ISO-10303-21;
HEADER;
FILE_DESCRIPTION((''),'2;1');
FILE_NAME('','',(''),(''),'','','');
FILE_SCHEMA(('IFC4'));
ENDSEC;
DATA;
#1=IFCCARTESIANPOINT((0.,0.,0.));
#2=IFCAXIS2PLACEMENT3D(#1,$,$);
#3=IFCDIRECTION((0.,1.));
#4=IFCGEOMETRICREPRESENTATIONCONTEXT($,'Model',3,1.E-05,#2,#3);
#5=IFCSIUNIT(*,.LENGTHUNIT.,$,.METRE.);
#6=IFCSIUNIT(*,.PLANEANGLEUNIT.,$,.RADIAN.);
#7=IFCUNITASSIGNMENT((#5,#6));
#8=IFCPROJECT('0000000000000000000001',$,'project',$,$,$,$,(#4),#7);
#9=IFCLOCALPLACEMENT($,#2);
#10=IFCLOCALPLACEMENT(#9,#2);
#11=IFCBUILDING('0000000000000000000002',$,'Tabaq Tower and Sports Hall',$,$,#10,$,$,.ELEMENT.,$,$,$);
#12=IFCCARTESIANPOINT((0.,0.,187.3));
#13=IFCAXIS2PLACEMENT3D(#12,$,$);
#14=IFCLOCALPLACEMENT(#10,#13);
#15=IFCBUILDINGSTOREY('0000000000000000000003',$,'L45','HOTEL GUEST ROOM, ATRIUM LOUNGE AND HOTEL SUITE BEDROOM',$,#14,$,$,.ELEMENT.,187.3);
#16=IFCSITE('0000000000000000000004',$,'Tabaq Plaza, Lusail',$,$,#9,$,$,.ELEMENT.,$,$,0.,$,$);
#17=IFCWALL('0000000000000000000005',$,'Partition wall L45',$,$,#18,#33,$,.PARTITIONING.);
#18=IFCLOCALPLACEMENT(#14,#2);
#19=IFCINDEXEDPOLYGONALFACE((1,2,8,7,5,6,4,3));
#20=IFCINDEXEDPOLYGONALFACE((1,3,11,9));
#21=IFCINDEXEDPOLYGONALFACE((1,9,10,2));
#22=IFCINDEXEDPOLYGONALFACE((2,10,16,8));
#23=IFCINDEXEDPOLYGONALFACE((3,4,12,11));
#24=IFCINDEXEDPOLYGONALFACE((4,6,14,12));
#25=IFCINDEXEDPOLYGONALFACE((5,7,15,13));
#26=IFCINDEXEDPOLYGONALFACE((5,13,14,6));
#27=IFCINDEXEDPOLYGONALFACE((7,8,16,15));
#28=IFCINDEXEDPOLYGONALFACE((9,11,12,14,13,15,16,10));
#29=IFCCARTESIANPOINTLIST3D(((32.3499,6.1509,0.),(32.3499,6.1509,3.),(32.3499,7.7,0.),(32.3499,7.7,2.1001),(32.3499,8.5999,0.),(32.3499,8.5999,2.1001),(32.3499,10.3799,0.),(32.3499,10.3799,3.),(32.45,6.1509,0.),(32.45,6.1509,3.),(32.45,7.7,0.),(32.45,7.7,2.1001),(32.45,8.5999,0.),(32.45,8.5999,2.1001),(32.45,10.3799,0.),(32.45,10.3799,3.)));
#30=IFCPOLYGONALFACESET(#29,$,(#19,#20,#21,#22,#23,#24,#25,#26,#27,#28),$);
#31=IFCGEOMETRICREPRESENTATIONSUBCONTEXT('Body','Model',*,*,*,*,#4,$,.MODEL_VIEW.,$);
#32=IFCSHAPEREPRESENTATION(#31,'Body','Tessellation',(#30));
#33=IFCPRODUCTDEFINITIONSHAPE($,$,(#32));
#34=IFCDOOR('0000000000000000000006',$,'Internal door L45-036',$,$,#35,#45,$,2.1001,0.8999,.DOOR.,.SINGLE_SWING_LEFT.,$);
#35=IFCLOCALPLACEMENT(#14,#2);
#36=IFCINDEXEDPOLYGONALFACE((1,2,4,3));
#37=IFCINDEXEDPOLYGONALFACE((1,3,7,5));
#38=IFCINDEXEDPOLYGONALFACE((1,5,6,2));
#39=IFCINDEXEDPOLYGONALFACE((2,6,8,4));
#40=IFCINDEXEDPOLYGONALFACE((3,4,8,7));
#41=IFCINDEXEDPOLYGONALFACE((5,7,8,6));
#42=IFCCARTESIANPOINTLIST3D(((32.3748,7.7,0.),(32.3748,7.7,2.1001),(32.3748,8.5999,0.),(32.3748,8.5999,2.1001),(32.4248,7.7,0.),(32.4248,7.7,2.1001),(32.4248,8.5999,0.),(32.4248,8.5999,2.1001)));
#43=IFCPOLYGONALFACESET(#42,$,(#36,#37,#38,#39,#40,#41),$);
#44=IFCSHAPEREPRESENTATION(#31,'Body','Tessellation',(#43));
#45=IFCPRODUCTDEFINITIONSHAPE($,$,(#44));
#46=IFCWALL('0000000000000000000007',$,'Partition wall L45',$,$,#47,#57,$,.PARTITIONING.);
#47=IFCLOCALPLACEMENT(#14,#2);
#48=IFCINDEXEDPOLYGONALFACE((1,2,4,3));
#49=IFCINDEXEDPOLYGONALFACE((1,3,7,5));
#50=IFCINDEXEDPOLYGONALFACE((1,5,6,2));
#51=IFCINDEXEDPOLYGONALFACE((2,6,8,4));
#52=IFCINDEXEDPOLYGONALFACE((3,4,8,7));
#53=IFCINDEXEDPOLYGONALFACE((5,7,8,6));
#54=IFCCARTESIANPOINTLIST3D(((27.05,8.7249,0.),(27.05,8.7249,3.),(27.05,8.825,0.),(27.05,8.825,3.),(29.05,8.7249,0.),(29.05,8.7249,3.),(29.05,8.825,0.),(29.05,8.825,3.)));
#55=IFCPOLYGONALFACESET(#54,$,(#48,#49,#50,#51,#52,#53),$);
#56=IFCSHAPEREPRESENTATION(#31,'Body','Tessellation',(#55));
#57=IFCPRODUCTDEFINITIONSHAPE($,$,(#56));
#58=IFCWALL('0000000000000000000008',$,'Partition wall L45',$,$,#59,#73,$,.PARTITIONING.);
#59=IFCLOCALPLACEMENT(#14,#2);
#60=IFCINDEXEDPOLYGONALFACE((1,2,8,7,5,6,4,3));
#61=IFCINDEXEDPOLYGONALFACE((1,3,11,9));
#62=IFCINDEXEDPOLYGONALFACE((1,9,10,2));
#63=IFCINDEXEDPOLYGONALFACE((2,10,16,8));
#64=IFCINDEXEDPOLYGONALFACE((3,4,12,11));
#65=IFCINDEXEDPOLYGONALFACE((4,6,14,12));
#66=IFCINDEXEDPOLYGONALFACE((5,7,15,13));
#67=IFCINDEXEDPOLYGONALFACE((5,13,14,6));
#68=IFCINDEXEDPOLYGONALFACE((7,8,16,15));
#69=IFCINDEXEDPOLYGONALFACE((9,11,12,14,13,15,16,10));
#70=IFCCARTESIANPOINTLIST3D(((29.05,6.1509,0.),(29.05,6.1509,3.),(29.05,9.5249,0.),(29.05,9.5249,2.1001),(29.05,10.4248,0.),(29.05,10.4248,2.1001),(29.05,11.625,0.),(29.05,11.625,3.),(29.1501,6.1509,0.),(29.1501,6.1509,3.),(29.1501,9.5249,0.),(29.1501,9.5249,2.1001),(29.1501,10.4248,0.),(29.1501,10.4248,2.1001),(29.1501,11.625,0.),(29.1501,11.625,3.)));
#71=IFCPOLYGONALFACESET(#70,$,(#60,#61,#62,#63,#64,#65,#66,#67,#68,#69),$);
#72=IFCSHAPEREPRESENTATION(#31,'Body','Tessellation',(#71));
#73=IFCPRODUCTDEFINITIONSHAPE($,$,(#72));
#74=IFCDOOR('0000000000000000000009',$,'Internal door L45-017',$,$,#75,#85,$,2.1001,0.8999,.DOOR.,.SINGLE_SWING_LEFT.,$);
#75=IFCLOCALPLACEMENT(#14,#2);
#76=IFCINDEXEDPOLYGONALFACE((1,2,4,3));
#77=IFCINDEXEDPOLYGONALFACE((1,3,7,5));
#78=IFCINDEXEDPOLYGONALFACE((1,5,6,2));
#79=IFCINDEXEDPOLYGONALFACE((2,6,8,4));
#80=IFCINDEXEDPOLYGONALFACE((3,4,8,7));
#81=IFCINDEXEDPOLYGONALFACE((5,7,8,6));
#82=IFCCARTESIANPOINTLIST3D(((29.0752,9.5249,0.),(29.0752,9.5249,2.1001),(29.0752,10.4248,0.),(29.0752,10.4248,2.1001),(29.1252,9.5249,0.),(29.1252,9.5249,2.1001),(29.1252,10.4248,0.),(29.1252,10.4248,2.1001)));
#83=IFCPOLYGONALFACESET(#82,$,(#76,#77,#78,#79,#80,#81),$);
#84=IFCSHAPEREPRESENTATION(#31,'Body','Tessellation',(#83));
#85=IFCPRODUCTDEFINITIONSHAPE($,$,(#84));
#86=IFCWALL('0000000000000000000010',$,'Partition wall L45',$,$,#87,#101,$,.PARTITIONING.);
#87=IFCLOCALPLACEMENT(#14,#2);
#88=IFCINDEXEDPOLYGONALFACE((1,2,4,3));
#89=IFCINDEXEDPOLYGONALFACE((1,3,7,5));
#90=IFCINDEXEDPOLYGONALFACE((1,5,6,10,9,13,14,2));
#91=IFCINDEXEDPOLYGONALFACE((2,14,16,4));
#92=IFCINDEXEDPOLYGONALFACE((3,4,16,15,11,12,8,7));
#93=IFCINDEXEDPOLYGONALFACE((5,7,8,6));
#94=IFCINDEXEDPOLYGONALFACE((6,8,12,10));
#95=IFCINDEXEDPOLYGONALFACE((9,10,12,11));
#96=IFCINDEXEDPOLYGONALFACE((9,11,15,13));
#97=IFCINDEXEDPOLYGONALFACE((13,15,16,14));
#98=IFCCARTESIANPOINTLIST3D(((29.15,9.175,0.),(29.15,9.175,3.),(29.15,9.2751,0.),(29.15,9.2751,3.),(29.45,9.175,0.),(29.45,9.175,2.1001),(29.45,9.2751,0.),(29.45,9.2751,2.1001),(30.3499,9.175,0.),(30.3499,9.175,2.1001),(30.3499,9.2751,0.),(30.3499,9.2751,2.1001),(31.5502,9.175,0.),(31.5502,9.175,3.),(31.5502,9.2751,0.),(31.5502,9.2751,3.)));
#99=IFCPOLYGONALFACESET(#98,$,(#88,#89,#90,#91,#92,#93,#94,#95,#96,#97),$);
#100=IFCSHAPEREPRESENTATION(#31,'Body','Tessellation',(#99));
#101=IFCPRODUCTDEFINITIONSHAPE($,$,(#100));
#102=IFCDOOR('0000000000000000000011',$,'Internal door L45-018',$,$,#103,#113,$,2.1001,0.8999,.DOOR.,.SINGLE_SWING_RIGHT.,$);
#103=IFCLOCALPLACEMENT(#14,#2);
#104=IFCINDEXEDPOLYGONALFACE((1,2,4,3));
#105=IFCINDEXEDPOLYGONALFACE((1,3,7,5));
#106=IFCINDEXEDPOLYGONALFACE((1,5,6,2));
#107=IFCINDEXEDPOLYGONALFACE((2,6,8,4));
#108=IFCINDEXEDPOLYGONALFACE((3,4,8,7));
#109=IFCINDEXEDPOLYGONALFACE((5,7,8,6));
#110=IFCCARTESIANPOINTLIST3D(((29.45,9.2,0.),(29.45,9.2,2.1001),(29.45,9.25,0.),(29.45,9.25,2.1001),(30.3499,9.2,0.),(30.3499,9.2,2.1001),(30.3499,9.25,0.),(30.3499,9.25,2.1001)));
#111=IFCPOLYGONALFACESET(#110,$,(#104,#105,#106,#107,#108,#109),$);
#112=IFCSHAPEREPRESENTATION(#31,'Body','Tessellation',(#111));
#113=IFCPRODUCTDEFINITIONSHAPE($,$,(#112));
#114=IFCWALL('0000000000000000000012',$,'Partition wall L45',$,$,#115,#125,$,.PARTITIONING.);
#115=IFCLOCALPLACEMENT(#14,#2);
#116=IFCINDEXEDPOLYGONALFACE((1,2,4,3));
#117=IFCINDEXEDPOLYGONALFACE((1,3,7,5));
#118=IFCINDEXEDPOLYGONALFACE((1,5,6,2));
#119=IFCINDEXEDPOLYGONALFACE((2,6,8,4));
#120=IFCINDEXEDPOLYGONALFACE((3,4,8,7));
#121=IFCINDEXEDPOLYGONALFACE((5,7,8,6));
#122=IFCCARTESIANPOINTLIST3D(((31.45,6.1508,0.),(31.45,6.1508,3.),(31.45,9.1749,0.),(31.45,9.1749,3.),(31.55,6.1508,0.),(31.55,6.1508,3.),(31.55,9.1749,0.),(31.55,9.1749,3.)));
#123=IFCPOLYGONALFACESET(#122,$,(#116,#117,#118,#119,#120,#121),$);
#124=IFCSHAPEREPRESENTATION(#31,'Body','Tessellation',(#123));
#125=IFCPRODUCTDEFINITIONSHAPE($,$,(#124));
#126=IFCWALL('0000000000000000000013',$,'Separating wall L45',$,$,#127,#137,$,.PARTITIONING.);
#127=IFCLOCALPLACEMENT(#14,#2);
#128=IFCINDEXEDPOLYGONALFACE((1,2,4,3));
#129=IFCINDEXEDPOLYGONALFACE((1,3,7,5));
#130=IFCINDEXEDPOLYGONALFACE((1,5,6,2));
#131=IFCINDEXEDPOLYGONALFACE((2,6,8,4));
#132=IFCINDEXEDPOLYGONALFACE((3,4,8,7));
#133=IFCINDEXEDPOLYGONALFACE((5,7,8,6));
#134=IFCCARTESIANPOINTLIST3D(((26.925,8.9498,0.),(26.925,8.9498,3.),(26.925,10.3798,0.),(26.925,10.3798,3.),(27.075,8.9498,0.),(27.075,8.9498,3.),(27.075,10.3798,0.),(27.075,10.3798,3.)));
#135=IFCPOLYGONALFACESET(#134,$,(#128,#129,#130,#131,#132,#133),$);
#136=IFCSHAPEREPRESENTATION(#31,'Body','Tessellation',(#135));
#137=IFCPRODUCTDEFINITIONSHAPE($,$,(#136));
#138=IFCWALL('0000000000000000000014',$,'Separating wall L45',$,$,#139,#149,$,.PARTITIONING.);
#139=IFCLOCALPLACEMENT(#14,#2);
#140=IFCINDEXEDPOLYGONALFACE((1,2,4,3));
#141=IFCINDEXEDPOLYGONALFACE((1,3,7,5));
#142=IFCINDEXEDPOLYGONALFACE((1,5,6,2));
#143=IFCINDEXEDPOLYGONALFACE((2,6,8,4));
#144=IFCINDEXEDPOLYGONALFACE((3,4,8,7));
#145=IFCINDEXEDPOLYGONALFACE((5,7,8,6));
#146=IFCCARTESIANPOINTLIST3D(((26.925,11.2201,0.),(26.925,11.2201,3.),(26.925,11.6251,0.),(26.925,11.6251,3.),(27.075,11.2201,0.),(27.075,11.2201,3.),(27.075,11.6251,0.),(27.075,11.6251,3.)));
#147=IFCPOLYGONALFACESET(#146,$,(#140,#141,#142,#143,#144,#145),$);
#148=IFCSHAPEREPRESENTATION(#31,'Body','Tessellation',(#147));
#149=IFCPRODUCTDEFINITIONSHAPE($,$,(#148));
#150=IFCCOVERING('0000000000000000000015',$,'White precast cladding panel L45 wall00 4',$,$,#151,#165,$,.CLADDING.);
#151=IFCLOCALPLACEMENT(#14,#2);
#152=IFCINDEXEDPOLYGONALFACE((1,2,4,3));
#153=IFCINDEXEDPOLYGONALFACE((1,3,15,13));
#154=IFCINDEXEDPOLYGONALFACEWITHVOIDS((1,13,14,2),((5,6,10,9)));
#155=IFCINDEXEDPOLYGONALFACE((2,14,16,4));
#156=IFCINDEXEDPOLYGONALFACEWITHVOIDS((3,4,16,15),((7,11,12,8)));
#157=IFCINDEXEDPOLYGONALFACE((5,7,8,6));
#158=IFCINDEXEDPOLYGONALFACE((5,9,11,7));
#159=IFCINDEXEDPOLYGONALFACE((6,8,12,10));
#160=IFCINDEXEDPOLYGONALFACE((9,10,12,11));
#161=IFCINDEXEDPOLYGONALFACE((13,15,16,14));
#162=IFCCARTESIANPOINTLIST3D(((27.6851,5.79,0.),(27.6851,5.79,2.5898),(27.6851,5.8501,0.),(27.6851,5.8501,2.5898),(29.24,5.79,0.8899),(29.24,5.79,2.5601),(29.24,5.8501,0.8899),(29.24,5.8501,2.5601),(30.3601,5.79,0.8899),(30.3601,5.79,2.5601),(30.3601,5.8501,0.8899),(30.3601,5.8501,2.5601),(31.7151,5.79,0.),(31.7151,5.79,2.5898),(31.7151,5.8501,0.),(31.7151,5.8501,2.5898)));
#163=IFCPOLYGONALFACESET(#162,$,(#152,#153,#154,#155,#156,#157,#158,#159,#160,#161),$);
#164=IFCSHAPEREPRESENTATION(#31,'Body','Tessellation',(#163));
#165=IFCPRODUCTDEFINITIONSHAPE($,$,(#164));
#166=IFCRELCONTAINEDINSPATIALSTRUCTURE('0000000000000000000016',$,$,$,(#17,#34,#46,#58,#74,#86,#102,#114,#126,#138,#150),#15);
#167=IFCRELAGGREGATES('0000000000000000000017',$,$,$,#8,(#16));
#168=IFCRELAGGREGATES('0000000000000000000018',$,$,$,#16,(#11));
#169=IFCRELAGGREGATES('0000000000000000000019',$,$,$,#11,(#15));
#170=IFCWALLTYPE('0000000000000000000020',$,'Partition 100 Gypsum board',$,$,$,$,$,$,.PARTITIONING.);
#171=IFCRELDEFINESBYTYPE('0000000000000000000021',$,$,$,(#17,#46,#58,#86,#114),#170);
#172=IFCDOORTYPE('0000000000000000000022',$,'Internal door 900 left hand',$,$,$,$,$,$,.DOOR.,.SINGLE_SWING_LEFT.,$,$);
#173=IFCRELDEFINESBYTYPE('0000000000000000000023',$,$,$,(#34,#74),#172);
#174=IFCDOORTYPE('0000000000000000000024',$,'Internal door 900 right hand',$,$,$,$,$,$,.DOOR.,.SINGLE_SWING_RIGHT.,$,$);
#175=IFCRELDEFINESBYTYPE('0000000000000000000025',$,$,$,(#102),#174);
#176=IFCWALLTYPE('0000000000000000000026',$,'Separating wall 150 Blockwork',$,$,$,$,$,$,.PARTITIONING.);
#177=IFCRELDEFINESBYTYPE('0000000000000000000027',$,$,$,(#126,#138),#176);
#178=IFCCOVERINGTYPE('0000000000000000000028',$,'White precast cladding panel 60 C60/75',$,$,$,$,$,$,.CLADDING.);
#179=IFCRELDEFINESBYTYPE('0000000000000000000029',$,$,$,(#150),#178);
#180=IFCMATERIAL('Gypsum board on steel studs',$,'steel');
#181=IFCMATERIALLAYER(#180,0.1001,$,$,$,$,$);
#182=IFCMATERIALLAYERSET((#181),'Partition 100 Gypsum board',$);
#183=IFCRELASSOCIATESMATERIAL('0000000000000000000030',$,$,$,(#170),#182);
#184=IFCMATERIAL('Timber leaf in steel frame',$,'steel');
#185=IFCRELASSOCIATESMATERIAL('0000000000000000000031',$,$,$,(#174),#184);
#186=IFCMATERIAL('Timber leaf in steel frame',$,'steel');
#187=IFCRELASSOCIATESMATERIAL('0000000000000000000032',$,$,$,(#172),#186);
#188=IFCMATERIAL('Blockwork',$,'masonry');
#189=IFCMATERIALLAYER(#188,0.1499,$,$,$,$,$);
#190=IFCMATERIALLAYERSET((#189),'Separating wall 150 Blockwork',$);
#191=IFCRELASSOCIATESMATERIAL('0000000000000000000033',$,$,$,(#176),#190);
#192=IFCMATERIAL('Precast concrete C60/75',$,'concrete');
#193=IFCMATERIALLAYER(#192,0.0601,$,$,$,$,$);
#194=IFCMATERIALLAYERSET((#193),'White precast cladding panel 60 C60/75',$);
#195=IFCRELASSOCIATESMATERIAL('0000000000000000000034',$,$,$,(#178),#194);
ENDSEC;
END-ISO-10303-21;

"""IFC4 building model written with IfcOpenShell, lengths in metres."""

from ifc_helpers import new_model, si_unit, direction, frame, frame_2d, origin, place, context, subcontext, project, spatial, polyline, rectangle, outline, extrude, material, layer, layer_set, type_object, element, fill, save


model = new_model("IFC4")

# Units and contexts
model_context = context("Model", 3, precision=1e-05, world=origin(), true_north=direction((0.0, 1.0)))
body_context = subcontext(model_context, "Body", "Model", "MODEL_VIEW")
ifc_project = project(units=[si_unit("LENGTHUNIT", "METRE"), si_unit("PLANEANGLEUNIT", "RADIAN")], contexts=[model_context])

# Site, building, storey
site_placement = place(None, origin())
site = spatial("IfcSite", under=ifc_project, at=site_placement, Name="Tabaq Plaza, Lusail", CompositionType="ELEMENT", RefElevation=0.0)
building_placement = place(site_placement, origin())
building = spatial("IfcBuilding", under=site, at=building_placement, Name="Tabaq Tower and Sports Hall", CompositionType="ELEMENT")
storey_placement = place(building_placement, frame((0.0, 0.0, 187.3)))
storey = spatial("IfcBuildingStorey", under=building, at=storey_placement, Name="L45", Description="HOTEL GUEST ROOM, ATRIUM LOUNGE AND HOTEL SUITE BEDROOM", CompositionType="ELEMENT", Elevation=187.3)

# Shared definitions
ifc_material_1 = material(Name="Gypsum board on steel studs", Category="steel")
ifc_layer_1 = layer(ifc_material_1, 0.1001)
ifc_layer_set_1 = layer_set([ifc_layer_1], Name="Partition 100 Gypsum board")
wall_type_1 = type_object("IfcWallType", Name="Partition 100 Gypsum board", PredefinedType="PARTITIONING", material=ifc_layer_set_1)

# Wall, opening, door
ifc_material_2 = material(Name="Timber leaf in steel frame", Category="steel")
door_type_1 = type_object("IfcDoorType", Name="Internal door 900 right hand", OperationType="SINGLE_SWING_RIGHT", PredefinedType="DOOR", material=ifc_material_2)
wall_1_placement = place(storey_placement, frame((32.3999, 10.3799, 0.0), z_axis=(0.0, 0.0, 1.0), x_axis=(0.0, -1.0, 0.0)))
wall_1 = element("IfcWall", 1, at=wall_1_placement, inside=storey, type_object=wall_type_1, Name="Partition wall L45", PredefinedType="PARTITIONING", context=body_context, shape_type="SweptSolid", body=[
    extrude(rectangle(XDim=4.229, YDim=0.1001, at=frame_2d((2.1145, 0.0))), origin(), (0.0, 0.0, 1.0), 3.0),
])
opening_1_placement = place(wall_1_placement, frame((1.78, 0.0, 0.0)))
opening_1 = element("IfcOpeningElement", 2, at=opening_1_placement, cuts=wall_1, PredefinedType="OPENING", context=body_context, shape_type="SweptSolid", body=[
    extrude(rectangle(XDim=0.8999, YDim=2.1001, at=frame_2d((0.45, 1.05))), frame((0.0, 0.05, 0.0), z_axis=(0.0, -1.0, 0.0), x_axis=(1.0, 0.0, 0.0)), (0.0, 0.0, 1.0), 0.1001),
])
ifc_material_3 = material(Name="Timber leaf in steel frame", Category="steel")
door_type_2 = type_object("IfcDoorType", Name="Internal door 900 left hand", OperationType="SINGLE_SWING_LEFT", PredefinedType="DOOR", material=ifc_material_3)
door_1_placement = place(opening_1_placement, origin())
door_1 = element("IfcDoor", 3, at=door_1_placement, inside=storey, type_object=door_type_2, Name="Internal door L45-036", OperationType="SINGLE_SWING_LEFT", OverallHeight=2.1001, OverallWidth=0.8999, PredefinedType="DOOR", context=body_context, shape_type="SweptSolid", body=[
    extrude(rectangle(XDim=0.8999, YDim=2.1001, at=frame_2d((0.45, 1.05))), frame((0.0, 0.0249, 0.0), z_axis=(0.0, -1.0, 0.0), x_axis=(1.0, 0.0, 0.0)), (0.0, 0.0, 1.0), 0.05),
])
fill(opening_1, door_1)

# Wall
wall_2_placement = place(storey_placement, frame((27.05, 8.7749, 0.0), z_axis=(0.0, 0.0, 1.0), x_axis=(1.0, 0.0, 0.0)))
element("IfcWall", 4, at=wall_2_placement, inside=storey, type_object=wall_type_1, Name="Partition wall L45", PredefinedType="PARTITIONING", context=body_context, shape_type="SweptSolid", body=[
    extrude(rectangle(XDim=2.0, YDim=0.1001, at=frame_2d((1.0, 0.0))), origin(), (0.0, 0.0, 1.0), 3.0),
])

# Walls, openings, doors
wall_3_placement = place(storey_placement, frame((29.1001, 6.1509, 0.0), z_axis=(0.0, 0.0, 1.0), x_axis=(0.0, 1.0, 0.0)))
wall_3 = element("IfcWall", 5, at=wall_3_placement, inside=storey, type_object=wall_type_1, Name="Partition wall L45", PredefinedType="PARTITIONING", context=body_context, shape_type="SweptSolid", body=[
    extrude(rectangle(XDim=5.4741, YDim=0.1001, at=frame_2d((2.7371, 0.0))), origin(), (0.0, 0.0, 1.0), 3.0),
])
opening_2_placement = place(wall_3_placement, frame((3.374, 0.0, 0.0)))
opening_2 = element("IfcOpeningElement", 6, at=opening_2_placement, cuts=wall_3, PredefinedType="OPENING", context=body_context, shape_type="SweptSolid", body=[
    extrude(rectangle(XDim=0.8999, YDim=2.1001, at=frame_2d((0.45, 1.05))), frame((0.0, 0.05, 0.0), z_axis=(0.0, -1.0, 0.0), x_axis=(1.0, 0.0, 0.0)), (0.0, 0.0, 1.0), 0.1001),
])
door_2_placement = place(opening_2_placement, origin())
door_2 = element("IfcDoor", 7, at=door_2_placement, inside=storey, type_object=door_type_2, Name="Internal door L45-017", OperationType="SINGLE_SWING_LEFT", OverallHeight=2.1001, OverallWidth=0.8999, PredefinedType="DOOR", context=body_context, shape_type="SweptSolid", body=[
    extrude(rectangle(XDim=0.8999, YDim=2.1001, at=frame_2d((0.45, 1.05))), frame((0.0, 0.0249, 0.0), z_axis=(0.0, -1.0, 0.0), x_axis=(1.0, 0.0, 0.0)), (0.0, 0.0, 1.0), 0.05),
])
fill(opening_2, door_2)
wall_4_placement = place(storey_placement, frame((29.1499, 9.2251, 0.0), z_axis=(0.0, 0.0, 1.0), x_axis=(1.0, 0.0, 0.0)))
wall_4 = element("IfcWall", 8, at=wall_4_placement, inside=storey, type_object=wall_type_1, Name="Partition wall L45", PredefinedType="PARTITIONING", context=body_context, shape_type="SweptSolid", body=[
    extrude(rectangle(XDim=2.4001, YDim=0.1001, at=frame_2d((1.2002, 0.0))), origin(), (0.0, 0.0, 1.0), 3.0),
])
opening_3_placement = place(wall_4_placement, frame((0.3, 0.0, 0.0)))
opening_3 = element("IfcOpeningElement", 9, at=opening_3_placement, cuts=wall_4, PredefinedType="OPENING", context=body_context, shape_type="SweptSolid", body=[
    extrude(rectangle(XDim=0.8999, YDim=2.1001, at=frame_2d((0.45, 1.05))), frame((0.0, 0.05, 0.0), z_axis=(0.0, -1.0, 0.0), x_axis=(1.0, 0.0, 0.0)), (0.0, 0.0, 1.0), 0.1001),
])
door_3_placement = place(opening_3_placement, origin())
door_3 = element("IfcDoor", 10, at=door_3_placement, inside=storey, type_object=door_type_1, Name="Internal door L45-018", OperationType="SINGLE_SWING_RIGHT", OverallHeight=2.1001, OverallWidth=0.8999, PredefinedType="DOOR", context=body_context, shape_type="SweptSolid", body=[
    extrude(rectangle(XDim=0.8999, YDim=2.1001, at=frame_2d((0.45, 1.05))), frame((0.0, 0.0249, 0.0), z_axis=(0.0, -1.0, 0.0), x_axis=(1.0, 0.0, 0.0)), (0.0, 0.0, 1.0), 0.05),
])
fill(opening_3, door_3)

# Walls
wall_5_placement = place(storey_placement, frame((31.5, 9.175, 0.0), z_axis=(0.0, 0.0, 1.0), x_axis=(0.0, -1.0, 0.0)))
element("IfcWall", 11, at=wall_5_placement, inside=storey, type_object=wall_type_1, Name="Partition wall L45", PredefinedType="PARTITIONING", context=body_context, shape_type="SweptSolid", body=[
    extrude(rectangle(XDim=3.0242, YDim=0.1001, at=frame_2d((1.5122, 0.0))), origin(), (0.0, 0.0, 1.0), 3.0),
])
ifc_material_4 = material(Name="Blockwork", Category="masonry")
ifc_layer_2 = layer(ifc_material_4, 0.1499)
ifc_layer_set_2 = layer_set([ifc_layer_2], Name="Separating wall 150 Blockwork")
wall_type_2 = type_object("IfcWallType", Name="Separating wall 150 Blockwork", PredefinedType="PARTITIONING", material=ifc_layer_set_2)
wall_6_placement = place(storey_placement, frame((27.0, 8.95, 0.0), z_axis=(0.0, 0.0, 1.0), x_axis=(0.0, 1.0, 0.0)))
element("IfcWall", 12, at=wall_6_placement, inside=storey, type_object=wall_type_2, Name="Separating wall L45", PredefinedType="PARTITIONING", context=body_context, shape_type="SweptSolid", body=[
    extrude(rectangle(XDim=1.4299, YDim=0.1499, at=frame_2d((0.7148, 0.0))), origin(), (0.0, 0.0, 1.0), 3.0),
])
wall_7_placement = place(storey_placement, frame((27.0, 11.22, 0.0), z_axis=(0.0, 0.0, 1.0), x_axis=(0.0, 1.0, 0.0)))
element("IfcWall", 13, at=wall_7_placement, inside=storey, type_object=wall_type_2, Name="Separating wall L45", PredefinedType="PARTITIONING", context=body_context, shape_type="SweptSolid", body=[
    extrude(rectangle(XDim=0.405, YDim=0.1499, at=frame_2d((0.2026, 0.0))), origin(), (0.0, 0.0, 1.0), 3.0),
])

# Covering
ifc_material_5 = material(Name="Precast concrete C60/75", Category="concrete")
ifc_layer_3 = layer(ifc_material_5, 0.0601)
ifc_layer_set_3 = layer_set([ifc_layer_3], Name="White precast cladding panel 60 C60/75")
covering_type = type_object("IfcCoveringType", Name="White precast cladding panel 60 C60/75", PredefinedType="CLADDING", material=ifc_layer_set_3)
covering_1_placement = place(storey_placement, frame((27.6851, 5.8201, 0.0), z_axis=(0.0, 0.0, 1.0), x_axis=(1.0, 0.0, 0.0)))
element("IfcCovering", 14, at=covering_1_placement, inside=storey, type_object=covering_type, Name="White precast cladding panel L45 wall00 4", PredefinedType="CLADDING", context=body_context, shape_type="SweptSolid", body=[
    extrude(outline(polyline([(0.0, 0.0), (4.03, 0.0), (4.03, 2.5898), (0.0, 2.5898), (0.0, 0.0)]), holes=[polyline([(2.675, 0.8899), (1.5549, 0.8899), (1.5549, 2.5601), (2.675, 2.5601), (2.675, 0.8899)])]), frame((0.0, 0.03, 0.0), z_axis=(0.0, -1.0, 0.0), x_axis=(1.0, 0.0, 0.0)), (0.0, 0.0, 1.0), 0.0601),
])

save(model, "model.ifc")
